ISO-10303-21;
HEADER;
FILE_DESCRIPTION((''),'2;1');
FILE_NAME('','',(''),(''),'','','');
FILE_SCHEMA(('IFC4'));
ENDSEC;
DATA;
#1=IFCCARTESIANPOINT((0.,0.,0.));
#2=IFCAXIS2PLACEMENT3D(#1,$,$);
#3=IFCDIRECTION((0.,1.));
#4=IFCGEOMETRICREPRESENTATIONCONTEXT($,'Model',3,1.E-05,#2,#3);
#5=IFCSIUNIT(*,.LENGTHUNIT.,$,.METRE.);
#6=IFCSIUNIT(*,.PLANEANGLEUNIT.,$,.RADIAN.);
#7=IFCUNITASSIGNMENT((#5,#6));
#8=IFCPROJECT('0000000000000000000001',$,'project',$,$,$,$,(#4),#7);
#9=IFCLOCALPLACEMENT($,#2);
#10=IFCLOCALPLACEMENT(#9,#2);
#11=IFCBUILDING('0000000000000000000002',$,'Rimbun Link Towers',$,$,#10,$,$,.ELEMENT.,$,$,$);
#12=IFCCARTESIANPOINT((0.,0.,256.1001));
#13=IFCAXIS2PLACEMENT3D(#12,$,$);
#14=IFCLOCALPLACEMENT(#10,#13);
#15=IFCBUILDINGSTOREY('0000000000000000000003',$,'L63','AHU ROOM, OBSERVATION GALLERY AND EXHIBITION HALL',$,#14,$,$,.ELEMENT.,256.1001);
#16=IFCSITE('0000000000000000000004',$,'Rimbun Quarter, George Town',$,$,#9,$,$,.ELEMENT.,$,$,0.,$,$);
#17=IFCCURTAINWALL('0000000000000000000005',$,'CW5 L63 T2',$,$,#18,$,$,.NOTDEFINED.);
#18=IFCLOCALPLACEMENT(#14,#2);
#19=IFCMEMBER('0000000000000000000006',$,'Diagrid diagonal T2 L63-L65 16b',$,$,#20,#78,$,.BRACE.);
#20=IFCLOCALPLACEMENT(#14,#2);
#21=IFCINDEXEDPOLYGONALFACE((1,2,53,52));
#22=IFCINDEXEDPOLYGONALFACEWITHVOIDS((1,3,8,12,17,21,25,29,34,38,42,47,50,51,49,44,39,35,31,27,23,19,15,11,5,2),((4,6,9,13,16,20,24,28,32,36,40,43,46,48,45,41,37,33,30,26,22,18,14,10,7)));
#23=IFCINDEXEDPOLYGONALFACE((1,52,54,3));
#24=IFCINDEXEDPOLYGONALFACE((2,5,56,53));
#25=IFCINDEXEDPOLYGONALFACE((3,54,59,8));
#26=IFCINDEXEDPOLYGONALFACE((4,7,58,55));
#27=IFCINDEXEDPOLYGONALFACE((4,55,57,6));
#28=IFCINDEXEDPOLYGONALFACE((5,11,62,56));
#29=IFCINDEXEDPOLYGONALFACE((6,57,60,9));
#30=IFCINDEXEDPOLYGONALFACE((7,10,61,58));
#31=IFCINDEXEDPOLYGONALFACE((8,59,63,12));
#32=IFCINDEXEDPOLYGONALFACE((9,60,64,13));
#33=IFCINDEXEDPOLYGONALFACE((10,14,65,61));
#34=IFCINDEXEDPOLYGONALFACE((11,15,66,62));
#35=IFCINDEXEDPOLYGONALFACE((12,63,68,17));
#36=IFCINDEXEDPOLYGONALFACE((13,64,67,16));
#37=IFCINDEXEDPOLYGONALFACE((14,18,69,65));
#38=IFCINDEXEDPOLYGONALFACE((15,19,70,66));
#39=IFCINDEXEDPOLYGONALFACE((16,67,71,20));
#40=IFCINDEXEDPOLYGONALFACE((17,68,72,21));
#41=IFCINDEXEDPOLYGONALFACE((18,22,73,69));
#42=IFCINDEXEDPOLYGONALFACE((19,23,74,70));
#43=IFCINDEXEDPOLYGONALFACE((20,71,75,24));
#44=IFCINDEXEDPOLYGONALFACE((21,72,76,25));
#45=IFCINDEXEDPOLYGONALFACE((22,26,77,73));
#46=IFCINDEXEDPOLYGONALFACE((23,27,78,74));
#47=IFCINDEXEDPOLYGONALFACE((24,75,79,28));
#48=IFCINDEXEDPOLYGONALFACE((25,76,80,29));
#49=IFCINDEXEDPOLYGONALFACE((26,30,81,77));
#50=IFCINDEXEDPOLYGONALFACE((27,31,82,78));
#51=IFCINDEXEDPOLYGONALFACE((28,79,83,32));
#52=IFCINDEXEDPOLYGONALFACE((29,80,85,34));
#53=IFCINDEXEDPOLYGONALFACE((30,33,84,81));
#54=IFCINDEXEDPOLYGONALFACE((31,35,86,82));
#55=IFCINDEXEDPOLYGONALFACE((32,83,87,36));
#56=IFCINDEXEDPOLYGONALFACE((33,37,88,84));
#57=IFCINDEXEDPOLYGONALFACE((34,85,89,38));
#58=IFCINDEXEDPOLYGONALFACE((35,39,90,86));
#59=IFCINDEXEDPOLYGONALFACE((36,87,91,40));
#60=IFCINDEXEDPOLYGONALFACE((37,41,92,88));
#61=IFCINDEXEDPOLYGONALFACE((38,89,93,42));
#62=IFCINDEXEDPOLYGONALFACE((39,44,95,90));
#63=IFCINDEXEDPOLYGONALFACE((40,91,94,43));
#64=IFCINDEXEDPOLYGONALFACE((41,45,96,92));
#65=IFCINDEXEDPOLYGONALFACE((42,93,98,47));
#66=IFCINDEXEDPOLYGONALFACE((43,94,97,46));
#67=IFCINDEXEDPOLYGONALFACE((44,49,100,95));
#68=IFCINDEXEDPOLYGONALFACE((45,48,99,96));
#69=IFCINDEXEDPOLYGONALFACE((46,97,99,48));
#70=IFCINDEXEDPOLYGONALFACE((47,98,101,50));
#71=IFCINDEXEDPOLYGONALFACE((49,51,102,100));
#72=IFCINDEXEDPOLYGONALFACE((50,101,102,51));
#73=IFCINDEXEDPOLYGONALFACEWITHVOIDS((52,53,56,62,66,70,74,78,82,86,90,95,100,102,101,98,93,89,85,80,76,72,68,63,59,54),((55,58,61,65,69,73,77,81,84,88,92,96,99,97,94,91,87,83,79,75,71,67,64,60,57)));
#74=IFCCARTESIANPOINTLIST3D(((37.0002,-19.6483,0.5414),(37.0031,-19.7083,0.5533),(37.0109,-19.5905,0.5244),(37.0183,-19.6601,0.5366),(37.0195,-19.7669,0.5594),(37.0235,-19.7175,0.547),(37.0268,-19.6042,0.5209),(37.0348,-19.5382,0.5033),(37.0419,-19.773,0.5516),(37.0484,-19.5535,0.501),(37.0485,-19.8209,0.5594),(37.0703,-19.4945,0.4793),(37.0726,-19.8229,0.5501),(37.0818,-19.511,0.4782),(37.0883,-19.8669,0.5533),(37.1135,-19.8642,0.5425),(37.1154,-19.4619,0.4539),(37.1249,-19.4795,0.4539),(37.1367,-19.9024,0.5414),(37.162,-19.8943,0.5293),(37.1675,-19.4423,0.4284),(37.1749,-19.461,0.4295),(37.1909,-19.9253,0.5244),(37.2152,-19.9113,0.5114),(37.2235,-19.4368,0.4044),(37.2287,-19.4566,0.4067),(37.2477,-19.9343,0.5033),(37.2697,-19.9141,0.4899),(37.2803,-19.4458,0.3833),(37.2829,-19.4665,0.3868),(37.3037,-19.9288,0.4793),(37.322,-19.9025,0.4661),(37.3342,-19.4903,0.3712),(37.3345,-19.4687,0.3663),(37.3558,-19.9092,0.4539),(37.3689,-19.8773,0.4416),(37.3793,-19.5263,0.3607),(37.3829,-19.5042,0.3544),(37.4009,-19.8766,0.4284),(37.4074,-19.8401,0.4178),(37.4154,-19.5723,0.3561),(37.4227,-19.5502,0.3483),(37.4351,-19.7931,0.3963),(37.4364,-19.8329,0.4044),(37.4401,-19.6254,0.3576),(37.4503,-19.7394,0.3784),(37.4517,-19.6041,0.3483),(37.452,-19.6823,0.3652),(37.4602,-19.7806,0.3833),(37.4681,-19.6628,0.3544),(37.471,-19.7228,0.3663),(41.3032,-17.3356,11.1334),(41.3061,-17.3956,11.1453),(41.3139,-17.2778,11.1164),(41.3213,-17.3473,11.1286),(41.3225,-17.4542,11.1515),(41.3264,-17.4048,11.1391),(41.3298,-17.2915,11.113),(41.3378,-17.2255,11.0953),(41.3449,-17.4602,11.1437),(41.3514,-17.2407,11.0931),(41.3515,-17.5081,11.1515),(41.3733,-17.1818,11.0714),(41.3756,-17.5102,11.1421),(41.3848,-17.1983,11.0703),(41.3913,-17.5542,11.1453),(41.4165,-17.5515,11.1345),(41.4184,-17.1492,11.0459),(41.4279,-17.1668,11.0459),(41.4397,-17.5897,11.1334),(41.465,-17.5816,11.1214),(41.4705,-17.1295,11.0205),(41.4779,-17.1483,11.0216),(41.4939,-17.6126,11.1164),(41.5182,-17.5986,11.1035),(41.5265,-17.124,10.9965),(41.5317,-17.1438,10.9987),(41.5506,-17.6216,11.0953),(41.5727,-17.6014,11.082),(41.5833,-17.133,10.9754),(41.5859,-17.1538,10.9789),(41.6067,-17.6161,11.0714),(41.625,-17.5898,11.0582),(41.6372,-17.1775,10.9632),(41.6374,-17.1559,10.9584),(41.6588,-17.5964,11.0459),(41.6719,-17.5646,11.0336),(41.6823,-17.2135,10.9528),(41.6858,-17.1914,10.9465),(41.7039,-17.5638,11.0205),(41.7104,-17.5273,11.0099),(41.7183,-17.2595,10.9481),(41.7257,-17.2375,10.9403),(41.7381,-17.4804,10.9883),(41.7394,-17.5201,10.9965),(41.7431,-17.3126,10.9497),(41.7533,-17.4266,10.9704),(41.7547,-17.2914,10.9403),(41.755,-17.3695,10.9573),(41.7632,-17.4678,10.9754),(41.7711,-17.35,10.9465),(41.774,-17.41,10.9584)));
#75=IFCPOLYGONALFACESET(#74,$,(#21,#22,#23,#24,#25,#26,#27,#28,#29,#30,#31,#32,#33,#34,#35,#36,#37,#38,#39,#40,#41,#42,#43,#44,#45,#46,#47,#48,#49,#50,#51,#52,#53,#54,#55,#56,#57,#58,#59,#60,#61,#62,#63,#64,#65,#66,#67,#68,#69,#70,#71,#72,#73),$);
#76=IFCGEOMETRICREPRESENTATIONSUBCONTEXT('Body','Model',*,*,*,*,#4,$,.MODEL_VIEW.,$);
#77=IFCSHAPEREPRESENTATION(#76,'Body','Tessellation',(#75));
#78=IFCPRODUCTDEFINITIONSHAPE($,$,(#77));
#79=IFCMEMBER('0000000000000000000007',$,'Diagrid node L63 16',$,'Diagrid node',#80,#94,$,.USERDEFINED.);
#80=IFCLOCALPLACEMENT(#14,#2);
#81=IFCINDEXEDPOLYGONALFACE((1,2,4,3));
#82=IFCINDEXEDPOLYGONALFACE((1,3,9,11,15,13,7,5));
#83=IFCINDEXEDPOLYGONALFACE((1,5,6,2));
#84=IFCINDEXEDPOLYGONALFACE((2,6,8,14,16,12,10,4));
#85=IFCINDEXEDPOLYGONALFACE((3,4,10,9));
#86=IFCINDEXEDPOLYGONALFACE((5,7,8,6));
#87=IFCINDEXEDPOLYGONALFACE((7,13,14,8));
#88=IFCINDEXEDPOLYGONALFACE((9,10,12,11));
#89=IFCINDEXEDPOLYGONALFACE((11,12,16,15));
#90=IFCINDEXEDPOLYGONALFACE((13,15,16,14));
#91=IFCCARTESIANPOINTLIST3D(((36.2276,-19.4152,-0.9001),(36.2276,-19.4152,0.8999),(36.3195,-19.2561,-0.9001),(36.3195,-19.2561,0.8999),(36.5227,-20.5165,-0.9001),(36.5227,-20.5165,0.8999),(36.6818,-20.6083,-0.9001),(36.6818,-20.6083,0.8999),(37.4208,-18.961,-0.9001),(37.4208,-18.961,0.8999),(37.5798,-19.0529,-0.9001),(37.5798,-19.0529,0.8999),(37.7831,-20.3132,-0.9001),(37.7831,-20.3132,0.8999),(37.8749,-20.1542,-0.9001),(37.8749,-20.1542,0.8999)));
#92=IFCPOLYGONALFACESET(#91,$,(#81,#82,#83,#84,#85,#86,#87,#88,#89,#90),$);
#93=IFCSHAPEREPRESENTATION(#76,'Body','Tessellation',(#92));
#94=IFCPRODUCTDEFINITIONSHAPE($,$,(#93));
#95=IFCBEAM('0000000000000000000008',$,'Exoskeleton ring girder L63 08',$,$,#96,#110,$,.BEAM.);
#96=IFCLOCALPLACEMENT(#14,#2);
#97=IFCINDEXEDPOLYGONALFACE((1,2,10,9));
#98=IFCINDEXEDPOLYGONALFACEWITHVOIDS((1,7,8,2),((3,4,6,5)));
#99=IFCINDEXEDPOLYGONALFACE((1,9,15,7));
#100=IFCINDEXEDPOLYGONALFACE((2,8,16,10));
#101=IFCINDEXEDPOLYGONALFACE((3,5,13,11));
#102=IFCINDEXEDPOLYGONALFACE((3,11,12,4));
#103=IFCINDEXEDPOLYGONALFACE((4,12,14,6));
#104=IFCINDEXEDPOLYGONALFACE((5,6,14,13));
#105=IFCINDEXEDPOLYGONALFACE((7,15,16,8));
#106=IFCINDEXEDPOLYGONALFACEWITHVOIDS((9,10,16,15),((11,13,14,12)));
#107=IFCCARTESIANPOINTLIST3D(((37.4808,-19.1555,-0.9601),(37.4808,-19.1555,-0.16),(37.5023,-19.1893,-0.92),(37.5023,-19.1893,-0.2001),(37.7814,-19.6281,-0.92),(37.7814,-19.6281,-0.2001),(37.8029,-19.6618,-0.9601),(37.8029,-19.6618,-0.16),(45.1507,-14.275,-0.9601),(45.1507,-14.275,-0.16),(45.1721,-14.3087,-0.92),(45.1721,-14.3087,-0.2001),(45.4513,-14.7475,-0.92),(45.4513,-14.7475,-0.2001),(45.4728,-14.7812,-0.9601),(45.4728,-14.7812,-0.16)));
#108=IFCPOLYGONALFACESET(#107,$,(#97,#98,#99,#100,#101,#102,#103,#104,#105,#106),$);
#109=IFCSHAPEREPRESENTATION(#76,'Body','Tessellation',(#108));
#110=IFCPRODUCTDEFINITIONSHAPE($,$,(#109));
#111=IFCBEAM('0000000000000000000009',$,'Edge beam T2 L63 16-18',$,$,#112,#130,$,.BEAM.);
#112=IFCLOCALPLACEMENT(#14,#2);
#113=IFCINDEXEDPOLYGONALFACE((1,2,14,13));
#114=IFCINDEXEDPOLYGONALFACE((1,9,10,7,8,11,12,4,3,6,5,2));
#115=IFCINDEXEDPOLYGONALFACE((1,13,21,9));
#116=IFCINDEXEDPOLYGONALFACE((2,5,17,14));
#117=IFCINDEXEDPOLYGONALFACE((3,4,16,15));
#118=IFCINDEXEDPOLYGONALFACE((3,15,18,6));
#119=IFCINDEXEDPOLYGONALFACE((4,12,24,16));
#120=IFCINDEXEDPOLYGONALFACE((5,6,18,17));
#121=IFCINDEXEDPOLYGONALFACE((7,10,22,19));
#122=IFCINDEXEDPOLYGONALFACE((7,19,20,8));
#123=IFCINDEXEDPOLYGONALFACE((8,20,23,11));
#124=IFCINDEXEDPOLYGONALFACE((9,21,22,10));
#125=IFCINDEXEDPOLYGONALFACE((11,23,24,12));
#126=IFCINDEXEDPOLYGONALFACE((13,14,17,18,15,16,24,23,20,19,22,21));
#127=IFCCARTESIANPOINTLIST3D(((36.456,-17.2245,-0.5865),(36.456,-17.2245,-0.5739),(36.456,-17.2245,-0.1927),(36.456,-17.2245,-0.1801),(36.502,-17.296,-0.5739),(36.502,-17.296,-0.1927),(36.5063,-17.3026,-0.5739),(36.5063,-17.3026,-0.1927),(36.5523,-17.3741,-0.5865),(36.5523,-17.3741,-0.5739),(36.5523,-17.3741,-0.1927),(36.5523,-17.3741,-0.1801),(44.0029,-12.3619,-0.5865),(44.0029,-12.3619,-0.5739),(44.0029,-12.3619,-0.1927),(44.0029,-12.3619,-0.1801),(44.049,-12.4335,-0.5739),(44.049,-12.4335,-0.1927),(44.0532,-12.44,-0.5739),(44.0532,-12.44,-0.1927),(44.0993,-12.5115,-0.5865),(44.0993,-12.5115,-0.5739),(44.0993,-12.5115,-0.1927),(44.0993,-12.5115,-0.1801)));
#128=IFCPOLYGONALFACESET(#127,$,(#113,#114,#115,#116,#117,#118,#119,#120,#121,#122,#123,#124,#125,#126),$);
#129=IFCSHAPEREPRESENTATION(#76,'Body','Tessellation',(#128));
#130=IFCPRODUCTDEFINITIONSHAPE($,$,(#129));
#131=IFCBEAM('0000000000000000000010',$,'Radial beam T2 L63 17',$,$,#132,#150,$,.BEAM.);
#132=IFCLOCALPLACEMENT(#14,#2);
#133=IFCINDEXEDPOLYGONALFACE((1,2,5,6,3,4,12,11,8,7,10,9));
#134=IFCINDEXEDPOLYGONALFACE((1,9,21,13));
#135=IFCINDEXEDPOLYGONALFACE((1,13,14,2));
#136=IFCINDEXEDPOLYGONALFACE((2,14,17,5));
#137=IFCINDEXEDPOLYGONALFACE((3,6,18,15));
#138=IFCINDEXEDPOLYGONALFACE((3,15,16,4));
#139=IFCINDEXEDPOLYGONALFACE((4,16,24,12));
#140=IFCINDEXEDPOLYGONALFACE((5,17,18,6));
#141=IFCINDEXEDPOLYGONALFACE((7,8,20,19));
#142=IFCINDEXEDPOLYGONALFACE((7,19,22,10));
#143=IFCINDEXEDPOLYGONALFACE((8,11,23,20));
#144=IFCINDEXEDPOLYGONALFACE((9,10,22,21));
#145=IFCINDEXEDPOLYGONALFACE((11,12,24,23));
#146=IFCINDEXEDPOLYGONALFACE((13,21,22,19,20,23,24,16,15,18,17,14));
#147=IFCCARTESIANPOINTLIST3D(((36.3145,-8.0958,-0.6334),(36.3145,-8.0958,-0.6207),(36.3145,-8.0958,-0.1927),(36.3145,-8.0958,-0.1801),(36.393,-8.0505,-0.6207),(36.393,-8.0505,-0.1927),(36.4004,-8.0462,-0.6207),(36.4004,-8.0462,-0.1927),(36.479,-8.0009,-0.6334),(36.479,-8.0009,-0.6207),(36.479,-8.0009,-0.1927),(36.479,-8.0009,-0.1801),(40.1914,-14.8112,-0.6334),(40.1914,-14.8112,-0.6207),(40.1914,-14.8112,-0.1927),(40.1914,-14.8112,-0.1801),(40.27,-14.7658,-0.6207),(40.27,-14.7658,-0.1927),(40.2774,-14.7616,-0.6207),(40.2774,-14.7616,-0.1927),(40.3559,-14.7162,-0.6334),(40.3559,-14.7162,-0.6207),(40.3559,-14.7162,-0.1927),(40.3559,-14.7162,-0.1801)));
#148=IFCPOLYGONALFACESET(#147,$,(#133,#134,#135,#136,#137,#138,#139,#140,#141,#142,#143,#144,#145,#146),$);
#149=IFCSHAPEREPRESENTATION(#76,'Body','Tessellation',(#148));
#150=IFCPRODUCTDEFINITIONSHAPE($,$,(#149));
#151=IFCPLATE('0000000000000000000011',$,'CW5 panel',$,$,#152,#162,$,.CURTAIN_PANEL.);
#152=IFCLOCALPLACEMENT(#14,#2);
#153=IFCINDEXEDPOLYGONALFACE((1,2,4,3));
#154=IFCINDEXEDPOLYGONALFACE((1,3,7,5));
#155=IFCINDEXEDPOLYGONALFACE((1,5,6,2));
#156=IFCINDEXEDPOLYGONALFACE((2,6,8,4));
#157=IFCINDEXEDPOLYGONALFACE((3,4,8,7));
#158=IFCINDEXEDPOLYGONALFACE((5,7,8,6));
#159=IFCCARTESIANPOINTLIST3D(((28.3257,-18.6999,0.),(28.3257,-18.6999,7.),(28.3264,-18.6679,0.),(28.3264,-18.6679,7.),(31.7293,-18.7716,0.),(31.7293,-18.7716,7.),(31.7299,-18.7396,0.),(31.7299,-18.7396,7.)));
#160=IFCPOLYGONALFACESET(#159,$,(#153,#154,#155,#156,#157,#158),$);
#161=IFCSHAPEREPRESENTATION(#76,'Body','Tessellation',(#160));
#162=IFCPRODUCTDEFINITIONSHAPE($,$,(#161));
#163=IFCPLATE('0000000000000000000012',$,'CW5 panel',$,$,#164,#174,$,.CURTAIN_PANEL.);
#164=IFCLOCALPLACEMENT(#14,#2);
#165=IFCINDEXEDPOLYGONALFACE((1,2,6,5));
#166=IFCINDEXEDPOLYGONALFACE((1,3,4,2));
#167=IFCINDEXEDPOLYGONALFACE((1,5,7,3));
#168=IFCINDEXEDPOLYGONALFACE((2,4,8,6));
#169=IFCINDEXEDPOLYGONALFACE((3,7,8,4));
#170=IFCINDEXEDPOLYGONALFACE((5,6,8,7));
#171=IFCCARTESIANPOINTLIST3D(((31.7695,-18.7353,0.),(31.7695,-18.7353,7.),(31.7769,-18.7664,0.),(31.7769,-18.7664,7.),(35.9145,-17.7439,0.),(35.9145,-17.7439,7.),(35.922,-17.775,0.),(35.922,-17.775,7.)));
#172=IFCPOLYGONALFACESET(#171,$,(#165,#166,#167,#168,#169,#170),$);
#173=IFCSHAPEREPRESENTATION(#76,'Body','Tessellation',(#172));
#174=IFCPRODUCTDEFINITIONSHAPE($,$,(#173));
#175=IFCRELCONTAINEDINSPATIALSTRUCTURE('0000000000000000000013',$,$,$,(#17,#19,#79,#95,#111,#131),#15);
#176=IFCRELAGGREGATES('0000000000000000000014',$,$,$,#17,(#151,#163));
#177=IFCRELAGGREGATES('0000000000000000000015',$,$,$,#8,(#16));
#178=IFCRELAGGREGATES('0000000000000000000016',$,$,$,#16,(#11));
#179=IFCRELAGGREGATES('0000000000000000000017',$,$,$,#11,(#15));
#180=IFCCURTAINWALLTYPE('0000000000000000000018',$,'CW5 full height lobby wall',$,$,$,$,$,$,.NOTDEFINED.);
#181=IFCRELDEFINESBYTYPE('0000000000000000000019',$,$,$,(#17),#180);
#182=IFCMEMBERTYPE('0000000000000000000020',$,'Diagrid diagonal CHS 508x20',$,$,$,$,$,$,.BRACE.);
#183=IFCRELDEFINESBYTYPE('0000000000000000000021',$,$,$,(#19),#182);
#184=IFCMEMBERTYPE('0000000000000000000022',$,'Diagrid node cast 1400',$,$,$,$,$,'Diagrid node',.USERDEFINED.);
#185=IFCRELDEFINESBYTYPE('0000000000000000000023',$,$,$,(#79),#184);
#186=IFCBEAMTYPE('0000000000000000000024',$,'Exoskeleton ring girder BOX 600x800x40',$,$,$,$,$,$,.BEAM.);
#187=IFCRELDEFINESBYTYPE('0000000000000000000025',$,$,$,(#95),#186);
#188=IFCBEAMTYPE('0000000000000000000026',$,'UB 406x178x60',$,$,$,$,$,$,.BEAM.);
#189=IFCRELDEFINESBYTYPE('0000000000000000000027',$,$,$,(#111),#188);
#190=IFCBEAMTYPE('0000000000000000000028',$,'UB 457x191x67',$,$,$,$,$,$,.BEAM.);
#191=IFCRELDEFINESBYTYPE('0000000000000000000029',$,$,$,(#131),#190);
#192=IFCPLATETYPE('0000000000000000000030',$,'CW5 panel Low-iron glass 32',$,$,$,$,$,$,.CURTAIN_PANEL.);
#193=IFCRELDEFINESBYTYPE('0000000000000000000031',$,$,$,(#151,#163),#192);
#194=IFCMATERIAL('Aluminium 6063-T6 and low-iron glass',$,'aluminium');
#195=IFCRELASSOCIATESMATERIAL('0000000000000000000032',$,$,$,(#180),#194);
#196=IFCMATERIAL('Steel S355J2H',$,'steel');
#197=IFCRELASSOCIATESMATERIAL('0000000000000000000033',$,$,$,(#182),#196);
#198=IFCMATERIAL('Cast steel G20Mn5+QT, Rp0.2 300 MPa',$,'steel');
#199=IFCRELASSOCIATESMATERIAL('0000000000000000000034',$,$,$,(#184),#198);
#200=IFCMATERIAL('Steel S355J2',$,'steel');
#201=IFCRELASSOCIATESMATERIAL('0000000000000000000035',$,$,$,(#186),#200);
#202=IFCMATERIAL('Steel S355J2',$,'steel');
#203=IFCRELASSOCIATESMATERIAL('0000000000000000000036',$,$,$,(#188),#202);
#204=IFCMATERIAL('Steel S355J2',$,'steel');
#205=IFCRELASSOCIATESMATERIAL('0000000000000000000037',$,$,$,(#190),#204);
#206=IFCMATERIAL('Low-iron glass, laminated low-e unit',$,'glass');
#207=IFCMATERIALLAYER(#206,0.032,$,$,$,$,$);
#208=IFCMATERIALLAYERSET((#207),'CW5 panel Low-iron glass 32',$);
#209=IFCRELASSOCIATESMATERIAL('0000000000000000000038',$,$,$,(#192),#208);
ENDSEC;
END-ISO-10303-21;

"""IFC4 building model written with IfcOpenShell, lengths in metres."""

from ifc_helpers import new_model, si_unit, direction, frame, origin, origin_2d, place, context, subcontext, project, spatial, polyline, rectangle, hollow_rectangle, hollow_circle, i_section, outline, extrude, material, layer, layer_set, material_profile, profile_set, type_object, element, aggregate, save


model = new_model("IFC4")

# Units and contexts
model_context = context("Model", 3, precision=1e-05, world=origin(), true_north=direction((0.0, 1.0)))
body_context = subcontext(model_context, "Body", "Model", "MODEL_VIEW")
ifc_project = project(units=[si_unit("LENGTHUNIT", "METRE"), si_unit("PLANEANGLEUNIT", "RADIAN")], contexts=[model_context])

# Site, building, storey
site_placement = place(None, origin())
site = spatial("IfcSite", under=ifc_project, at=site_placement, Name="Rimbun Quarter, George Town", CompositionType="ELEMENT", RefElevation=0.0)
building_placement = place(site_placement, origin())
building = spatial("IfcBuilding", under=site, at=building_placement, Name="Rimbun Link Towers", CompositionType="ELEMENT")
storey_placement = place(building_placement, frame((0.0, 0.0, 256.1001)))
storey = spatial("IfcBuildingStorey", under=building, at=storey_placement, Name="L63", Description="AHU ROOM, OBSERVATION GALLERY AND EXHIBITION HALL", CompositionType="ELEMENT", Elevation=256.1001)

# Curtain wall
ifc_material_1 = material(Name="Aluminium 6063-T6 and low-iron glass", Category="aluminium")
curtain_wall_type = type_object("IfcCurtainWallType", Name="CW5 full height lobby wall", PredefinedType="NOTDEFINED", material=ifc_material_1)
curtain_wall_placement = place(storey_placement, origin())
curtain_wall = element("IfcCurtainWall", 1, at=curtain_wall_placement, inside=storey, type_object=curtain_wall_type, Name="CW5 L63 T2", PredefinedType="NOTDEFINED")

# Members
ifc_material_2 = material(Name="Steel S355J2H", Category="steel")
ifc_material_profile_1 = material_profile(ifc_material_2, hollow_circle(Radius=0.2539, WallThickness=0.02, at=origin_2d()), Name="Diagrid diagonal CHS 508x20")
ifc_profile_set_1 = profile_set([ifc_material_profile_1], Name="Steel S355J2H")
member_type_1 = type_object("IfcMemberType", Name="Diagrid diagonal CHS 508x20", PredefinedType="BRACE", material=ifc_profile_set_1)
member_1_placement = place(storey_placement, frame((37.2356, -19.6855, 0.4539), z_axis=(0.368902, 0.198276, 0.908074), x_axis=(-0.473426, 0.880834, 0.0)))
element("IfcMember", 2, at=member_1_placement, inside=storey, type_object=member_type_1, Name="Diagrid diagonal T2 L63-L65 16b", PredefinedType="BRACE", context=body_context, shape_type="SweptSolid", body=[
    extrude(hollow_circle(Radius=0.2539, WallThickness=0.02, at=origin_2d()), origin(), (0.0, 0.0, 1.0), 11.6643),
])
ifc_material_3 = material(Name="Cast steel G20Mn5+QT, Rp0.2 300 MPa", Category="steel")
ifc_material_profile_2 = material_profile(ifc_material_3, outline(polyline([(0.7, -0.5701), (0.7, 0.5701), (0.5701, 0.7), (-0.5701, 0.7), (-0.7, 0.5701), (-0.7, -0.5701), (-0.5701, -0.7), (0.5701, -0.7), (0.7, -0.5701)])), Name="NODE 1400x1400")
ifc_profile_set_2 = profile_set([ifc_material_profile_2], Name="Cast steel G20Mn5+QT, Rp0.2 300 MPa")
member_type_2 = type_object("IfcMemberType", Name="Diagrid node cast 1400", ElementType="Diagrid node", PredefinedType="USERDEFINED", material=ifc_profile_set_2)
member_2_placement = place(storey_placement, frame((37.0513, -19.7847, -0.9001), z_axis=(0.0, 0.0, 1.0), x_axis=(0.258819, -0.965926, 0.0)))
element("IfcMember", 3, at=member_2_placement, inside=storey, type_object=member_type_2, Name="Diagrid node L63 16", ObjectType="Diagrid node", PredefinedType="USERDEFINED", context=body_context, shape_type="SweptSolid", body=[
    extrude(outline(polyline([(0.7, -0.5701), (0.7, 0.5701), (0.5701, 0.7), (-0.5701, 0.7), (-0.7, 0.5701), (-0.7, -0.5701), (-0.5701, -0.7), (0.5701, -0.7), (0.7, -0.5701)])), origin(), (0.0, 0.0, 1.0), 1.8),
])

# Beams
ifc_material_4 = material(Name="Steel S355J2", Category="steel")
ifc_material_profile_3 = material_profile(ifc_material_4, hollow_rectangle(XDim=0.6001, YDim=0.8, WallThickness=0.04, at=origin_2d()), Name="Exoskeleton ring girder BOX 600x800x40")
ifc_profile_set_3 = profile_set([ifc_material_profile_3], Name="Steel S355J2")
beam_type_1 = type_object("IfcBeamType", Name="Exoskeleton ring girder BOX 600x800x40", PredefinedType="BEAM", material=ifc_profile_set_3)
beam_1_placement = place(storey_placement, frame((37.6418, -19.4087, -0.5601), z_axis=(0.843674, 0.536856, 0.0), x_axis=(-0.536856, 0.843674, 0.0)))
element("IfcBeam", 4, at=beam_1_placement, inside=storey, type_object=beam_type_1, Name="Exoskeleton ring girder L63 08", PredefinedType="BEAM", context=body_context, shape_type="SweptSolid", body=[
    extrude(hollow_rectangle(XDim=0.6001, YDim=0.8, WallThickness=0.04, at=origin_2d()), origin(), (0.0, 0.0, 1.0), 9.0911),
])
ifc_material_5 = material(Name="Steel S355J2", Category="steel")
ifc_material_profile_4 = material_profile(ifc_material_5, i_section(OverallWidth=0.178, OverallDepth=0.4065, WebThickness=0.0078, FlangeThickness=0.0127, at=origin_2d()), Name="UB 406x178x60")
ifc_profile_set_4 = profile_set([ifc_material_profile_4], Name="Steel S355J2")
beam_type_2 = type_object("IfcBeamType", Name="UB 406x178x60", PredefinedType="BEAM", material=ifc_profile_set_4)
beam_2_placement = place(storey_placement, frame((36.5042, -17.2993, -0.3833), z_axis=(0.840621, 0.541623, 0.0), x_axis=(-0.541623, 0.840621, 0.0)))
element("IfcBeam", 5, at=beam_2_placement, inside=storey, type_object=beam_type_2, Name="Edge beam T2 L63 16-18", PredefinedType="BEAM", context=body_context, shape_type="SweptSolid", body=[
    extrude(i_section(OverallWidth=0.178, OverallDepth=0.4065, WebThickness=0.0078, FlangeThickness=0.0127, at=origin_2d()), origin(), (0.0, 0.0, 1.0), 8.9778),
])
ifc_material_6 = material(Name="Steel S355J2", Category="steel")
ifc_material_profile_5 = material_profile(ifc_material_6, i_section(OverallWidth=0.1899, OverallDepth=0.4534, WebThickness=0.0085, FlangeThickness=0.0127, at=origin_2d()), Name="UB 457x191x67")
ifc_profile_set_5 = profile_set([ifc_material_profile_5], Name="Steel S355J2")
beam_type_3 = type_object("IfcBeamType", Name="UB 457x191x67", PredefinedType="BEAM", material=ifc_profile_set_5)
beam_3_placement = place(storey_placement, frame((36.3967, -8.0483, -0.4067), z_axis=(0.499986, -0.866034, 0.0), x_axis=(0.866034, 0.499986, 0.0)))
element("IfcBeam", 6, at=beam_3_placement, inside=storey, type_object=beam_type_3, Name="Radial beam T2 L63 17", PredefinedType="BEAM", context=body_context, shape_type="SweptSolid", body=[
    extrude(i_section(OverallWidth=0.1899, OverallDepth=0.4534, WebThickness=0.0085, FlangeThickness=0.0127, at=origin_2d()), origin(), (0.0, 0.0, 1.0), 7.7542),
])

# Plates
ifc_material_7 = material(Name="Low-iron glass, laminated low-e unit", Category="glass")
ifc_layer_1 = layer(ifc_material_7, 0.032)
ifc_layer_set_1 = layer_set([ifc_layer_1], Name="CW5 panel Low-iron glass 32")
plate_type = type_object("IfcPlateType", Name="CW5 panel Low-iron glass 32", PredefinedType="CURTAIN_PANEL", material=ifc_layer_set_1)
plate_1_placement = place(storey_placement, frame((30.0278, -18.7197, 0.0), z_axis=(0.0, 0.0, 1.0), x_axis=(-0.999778, 0.021064, 0.0)))
plate_1 = element("IfcPlate", 7, at=plate_1_placement, type_object=plate_type, Name="CW5 panel", PredefinedType="CURTAIN_PANEL", context=body_context, shape_type="SweptSolid", body=[
    extrude(rectangle(XDim=3.4043, YDim=0.032, at=origin_2d()), origin(), (0.0, 0.0, 1.0), 7.0),
])
plate_2_placement = place(storey_placement, frame((33.8457, -18.2551, 0.0), z_axis=(0.0, 0.0, 1.0), x_axis=(-0.972571, -0.232606, 0.0)))
plate_2 = element("IfcPlate", 8, at=plate_2_placement, type_object=plate_type, Name="CW5 panel", PredefinedType="CURTAIN_PANEL", context=body_context, shape_type="SweptSolid", body=[
    extrude(rectangle(XDim=4.262, YDim=0.032, at=origin_2d()), origin(), (0.0, 0.0, 1.0), 7.0),
])
aggregate(curtain_wall, [plate_1, plate_2])

save(model, "model.ifc")
